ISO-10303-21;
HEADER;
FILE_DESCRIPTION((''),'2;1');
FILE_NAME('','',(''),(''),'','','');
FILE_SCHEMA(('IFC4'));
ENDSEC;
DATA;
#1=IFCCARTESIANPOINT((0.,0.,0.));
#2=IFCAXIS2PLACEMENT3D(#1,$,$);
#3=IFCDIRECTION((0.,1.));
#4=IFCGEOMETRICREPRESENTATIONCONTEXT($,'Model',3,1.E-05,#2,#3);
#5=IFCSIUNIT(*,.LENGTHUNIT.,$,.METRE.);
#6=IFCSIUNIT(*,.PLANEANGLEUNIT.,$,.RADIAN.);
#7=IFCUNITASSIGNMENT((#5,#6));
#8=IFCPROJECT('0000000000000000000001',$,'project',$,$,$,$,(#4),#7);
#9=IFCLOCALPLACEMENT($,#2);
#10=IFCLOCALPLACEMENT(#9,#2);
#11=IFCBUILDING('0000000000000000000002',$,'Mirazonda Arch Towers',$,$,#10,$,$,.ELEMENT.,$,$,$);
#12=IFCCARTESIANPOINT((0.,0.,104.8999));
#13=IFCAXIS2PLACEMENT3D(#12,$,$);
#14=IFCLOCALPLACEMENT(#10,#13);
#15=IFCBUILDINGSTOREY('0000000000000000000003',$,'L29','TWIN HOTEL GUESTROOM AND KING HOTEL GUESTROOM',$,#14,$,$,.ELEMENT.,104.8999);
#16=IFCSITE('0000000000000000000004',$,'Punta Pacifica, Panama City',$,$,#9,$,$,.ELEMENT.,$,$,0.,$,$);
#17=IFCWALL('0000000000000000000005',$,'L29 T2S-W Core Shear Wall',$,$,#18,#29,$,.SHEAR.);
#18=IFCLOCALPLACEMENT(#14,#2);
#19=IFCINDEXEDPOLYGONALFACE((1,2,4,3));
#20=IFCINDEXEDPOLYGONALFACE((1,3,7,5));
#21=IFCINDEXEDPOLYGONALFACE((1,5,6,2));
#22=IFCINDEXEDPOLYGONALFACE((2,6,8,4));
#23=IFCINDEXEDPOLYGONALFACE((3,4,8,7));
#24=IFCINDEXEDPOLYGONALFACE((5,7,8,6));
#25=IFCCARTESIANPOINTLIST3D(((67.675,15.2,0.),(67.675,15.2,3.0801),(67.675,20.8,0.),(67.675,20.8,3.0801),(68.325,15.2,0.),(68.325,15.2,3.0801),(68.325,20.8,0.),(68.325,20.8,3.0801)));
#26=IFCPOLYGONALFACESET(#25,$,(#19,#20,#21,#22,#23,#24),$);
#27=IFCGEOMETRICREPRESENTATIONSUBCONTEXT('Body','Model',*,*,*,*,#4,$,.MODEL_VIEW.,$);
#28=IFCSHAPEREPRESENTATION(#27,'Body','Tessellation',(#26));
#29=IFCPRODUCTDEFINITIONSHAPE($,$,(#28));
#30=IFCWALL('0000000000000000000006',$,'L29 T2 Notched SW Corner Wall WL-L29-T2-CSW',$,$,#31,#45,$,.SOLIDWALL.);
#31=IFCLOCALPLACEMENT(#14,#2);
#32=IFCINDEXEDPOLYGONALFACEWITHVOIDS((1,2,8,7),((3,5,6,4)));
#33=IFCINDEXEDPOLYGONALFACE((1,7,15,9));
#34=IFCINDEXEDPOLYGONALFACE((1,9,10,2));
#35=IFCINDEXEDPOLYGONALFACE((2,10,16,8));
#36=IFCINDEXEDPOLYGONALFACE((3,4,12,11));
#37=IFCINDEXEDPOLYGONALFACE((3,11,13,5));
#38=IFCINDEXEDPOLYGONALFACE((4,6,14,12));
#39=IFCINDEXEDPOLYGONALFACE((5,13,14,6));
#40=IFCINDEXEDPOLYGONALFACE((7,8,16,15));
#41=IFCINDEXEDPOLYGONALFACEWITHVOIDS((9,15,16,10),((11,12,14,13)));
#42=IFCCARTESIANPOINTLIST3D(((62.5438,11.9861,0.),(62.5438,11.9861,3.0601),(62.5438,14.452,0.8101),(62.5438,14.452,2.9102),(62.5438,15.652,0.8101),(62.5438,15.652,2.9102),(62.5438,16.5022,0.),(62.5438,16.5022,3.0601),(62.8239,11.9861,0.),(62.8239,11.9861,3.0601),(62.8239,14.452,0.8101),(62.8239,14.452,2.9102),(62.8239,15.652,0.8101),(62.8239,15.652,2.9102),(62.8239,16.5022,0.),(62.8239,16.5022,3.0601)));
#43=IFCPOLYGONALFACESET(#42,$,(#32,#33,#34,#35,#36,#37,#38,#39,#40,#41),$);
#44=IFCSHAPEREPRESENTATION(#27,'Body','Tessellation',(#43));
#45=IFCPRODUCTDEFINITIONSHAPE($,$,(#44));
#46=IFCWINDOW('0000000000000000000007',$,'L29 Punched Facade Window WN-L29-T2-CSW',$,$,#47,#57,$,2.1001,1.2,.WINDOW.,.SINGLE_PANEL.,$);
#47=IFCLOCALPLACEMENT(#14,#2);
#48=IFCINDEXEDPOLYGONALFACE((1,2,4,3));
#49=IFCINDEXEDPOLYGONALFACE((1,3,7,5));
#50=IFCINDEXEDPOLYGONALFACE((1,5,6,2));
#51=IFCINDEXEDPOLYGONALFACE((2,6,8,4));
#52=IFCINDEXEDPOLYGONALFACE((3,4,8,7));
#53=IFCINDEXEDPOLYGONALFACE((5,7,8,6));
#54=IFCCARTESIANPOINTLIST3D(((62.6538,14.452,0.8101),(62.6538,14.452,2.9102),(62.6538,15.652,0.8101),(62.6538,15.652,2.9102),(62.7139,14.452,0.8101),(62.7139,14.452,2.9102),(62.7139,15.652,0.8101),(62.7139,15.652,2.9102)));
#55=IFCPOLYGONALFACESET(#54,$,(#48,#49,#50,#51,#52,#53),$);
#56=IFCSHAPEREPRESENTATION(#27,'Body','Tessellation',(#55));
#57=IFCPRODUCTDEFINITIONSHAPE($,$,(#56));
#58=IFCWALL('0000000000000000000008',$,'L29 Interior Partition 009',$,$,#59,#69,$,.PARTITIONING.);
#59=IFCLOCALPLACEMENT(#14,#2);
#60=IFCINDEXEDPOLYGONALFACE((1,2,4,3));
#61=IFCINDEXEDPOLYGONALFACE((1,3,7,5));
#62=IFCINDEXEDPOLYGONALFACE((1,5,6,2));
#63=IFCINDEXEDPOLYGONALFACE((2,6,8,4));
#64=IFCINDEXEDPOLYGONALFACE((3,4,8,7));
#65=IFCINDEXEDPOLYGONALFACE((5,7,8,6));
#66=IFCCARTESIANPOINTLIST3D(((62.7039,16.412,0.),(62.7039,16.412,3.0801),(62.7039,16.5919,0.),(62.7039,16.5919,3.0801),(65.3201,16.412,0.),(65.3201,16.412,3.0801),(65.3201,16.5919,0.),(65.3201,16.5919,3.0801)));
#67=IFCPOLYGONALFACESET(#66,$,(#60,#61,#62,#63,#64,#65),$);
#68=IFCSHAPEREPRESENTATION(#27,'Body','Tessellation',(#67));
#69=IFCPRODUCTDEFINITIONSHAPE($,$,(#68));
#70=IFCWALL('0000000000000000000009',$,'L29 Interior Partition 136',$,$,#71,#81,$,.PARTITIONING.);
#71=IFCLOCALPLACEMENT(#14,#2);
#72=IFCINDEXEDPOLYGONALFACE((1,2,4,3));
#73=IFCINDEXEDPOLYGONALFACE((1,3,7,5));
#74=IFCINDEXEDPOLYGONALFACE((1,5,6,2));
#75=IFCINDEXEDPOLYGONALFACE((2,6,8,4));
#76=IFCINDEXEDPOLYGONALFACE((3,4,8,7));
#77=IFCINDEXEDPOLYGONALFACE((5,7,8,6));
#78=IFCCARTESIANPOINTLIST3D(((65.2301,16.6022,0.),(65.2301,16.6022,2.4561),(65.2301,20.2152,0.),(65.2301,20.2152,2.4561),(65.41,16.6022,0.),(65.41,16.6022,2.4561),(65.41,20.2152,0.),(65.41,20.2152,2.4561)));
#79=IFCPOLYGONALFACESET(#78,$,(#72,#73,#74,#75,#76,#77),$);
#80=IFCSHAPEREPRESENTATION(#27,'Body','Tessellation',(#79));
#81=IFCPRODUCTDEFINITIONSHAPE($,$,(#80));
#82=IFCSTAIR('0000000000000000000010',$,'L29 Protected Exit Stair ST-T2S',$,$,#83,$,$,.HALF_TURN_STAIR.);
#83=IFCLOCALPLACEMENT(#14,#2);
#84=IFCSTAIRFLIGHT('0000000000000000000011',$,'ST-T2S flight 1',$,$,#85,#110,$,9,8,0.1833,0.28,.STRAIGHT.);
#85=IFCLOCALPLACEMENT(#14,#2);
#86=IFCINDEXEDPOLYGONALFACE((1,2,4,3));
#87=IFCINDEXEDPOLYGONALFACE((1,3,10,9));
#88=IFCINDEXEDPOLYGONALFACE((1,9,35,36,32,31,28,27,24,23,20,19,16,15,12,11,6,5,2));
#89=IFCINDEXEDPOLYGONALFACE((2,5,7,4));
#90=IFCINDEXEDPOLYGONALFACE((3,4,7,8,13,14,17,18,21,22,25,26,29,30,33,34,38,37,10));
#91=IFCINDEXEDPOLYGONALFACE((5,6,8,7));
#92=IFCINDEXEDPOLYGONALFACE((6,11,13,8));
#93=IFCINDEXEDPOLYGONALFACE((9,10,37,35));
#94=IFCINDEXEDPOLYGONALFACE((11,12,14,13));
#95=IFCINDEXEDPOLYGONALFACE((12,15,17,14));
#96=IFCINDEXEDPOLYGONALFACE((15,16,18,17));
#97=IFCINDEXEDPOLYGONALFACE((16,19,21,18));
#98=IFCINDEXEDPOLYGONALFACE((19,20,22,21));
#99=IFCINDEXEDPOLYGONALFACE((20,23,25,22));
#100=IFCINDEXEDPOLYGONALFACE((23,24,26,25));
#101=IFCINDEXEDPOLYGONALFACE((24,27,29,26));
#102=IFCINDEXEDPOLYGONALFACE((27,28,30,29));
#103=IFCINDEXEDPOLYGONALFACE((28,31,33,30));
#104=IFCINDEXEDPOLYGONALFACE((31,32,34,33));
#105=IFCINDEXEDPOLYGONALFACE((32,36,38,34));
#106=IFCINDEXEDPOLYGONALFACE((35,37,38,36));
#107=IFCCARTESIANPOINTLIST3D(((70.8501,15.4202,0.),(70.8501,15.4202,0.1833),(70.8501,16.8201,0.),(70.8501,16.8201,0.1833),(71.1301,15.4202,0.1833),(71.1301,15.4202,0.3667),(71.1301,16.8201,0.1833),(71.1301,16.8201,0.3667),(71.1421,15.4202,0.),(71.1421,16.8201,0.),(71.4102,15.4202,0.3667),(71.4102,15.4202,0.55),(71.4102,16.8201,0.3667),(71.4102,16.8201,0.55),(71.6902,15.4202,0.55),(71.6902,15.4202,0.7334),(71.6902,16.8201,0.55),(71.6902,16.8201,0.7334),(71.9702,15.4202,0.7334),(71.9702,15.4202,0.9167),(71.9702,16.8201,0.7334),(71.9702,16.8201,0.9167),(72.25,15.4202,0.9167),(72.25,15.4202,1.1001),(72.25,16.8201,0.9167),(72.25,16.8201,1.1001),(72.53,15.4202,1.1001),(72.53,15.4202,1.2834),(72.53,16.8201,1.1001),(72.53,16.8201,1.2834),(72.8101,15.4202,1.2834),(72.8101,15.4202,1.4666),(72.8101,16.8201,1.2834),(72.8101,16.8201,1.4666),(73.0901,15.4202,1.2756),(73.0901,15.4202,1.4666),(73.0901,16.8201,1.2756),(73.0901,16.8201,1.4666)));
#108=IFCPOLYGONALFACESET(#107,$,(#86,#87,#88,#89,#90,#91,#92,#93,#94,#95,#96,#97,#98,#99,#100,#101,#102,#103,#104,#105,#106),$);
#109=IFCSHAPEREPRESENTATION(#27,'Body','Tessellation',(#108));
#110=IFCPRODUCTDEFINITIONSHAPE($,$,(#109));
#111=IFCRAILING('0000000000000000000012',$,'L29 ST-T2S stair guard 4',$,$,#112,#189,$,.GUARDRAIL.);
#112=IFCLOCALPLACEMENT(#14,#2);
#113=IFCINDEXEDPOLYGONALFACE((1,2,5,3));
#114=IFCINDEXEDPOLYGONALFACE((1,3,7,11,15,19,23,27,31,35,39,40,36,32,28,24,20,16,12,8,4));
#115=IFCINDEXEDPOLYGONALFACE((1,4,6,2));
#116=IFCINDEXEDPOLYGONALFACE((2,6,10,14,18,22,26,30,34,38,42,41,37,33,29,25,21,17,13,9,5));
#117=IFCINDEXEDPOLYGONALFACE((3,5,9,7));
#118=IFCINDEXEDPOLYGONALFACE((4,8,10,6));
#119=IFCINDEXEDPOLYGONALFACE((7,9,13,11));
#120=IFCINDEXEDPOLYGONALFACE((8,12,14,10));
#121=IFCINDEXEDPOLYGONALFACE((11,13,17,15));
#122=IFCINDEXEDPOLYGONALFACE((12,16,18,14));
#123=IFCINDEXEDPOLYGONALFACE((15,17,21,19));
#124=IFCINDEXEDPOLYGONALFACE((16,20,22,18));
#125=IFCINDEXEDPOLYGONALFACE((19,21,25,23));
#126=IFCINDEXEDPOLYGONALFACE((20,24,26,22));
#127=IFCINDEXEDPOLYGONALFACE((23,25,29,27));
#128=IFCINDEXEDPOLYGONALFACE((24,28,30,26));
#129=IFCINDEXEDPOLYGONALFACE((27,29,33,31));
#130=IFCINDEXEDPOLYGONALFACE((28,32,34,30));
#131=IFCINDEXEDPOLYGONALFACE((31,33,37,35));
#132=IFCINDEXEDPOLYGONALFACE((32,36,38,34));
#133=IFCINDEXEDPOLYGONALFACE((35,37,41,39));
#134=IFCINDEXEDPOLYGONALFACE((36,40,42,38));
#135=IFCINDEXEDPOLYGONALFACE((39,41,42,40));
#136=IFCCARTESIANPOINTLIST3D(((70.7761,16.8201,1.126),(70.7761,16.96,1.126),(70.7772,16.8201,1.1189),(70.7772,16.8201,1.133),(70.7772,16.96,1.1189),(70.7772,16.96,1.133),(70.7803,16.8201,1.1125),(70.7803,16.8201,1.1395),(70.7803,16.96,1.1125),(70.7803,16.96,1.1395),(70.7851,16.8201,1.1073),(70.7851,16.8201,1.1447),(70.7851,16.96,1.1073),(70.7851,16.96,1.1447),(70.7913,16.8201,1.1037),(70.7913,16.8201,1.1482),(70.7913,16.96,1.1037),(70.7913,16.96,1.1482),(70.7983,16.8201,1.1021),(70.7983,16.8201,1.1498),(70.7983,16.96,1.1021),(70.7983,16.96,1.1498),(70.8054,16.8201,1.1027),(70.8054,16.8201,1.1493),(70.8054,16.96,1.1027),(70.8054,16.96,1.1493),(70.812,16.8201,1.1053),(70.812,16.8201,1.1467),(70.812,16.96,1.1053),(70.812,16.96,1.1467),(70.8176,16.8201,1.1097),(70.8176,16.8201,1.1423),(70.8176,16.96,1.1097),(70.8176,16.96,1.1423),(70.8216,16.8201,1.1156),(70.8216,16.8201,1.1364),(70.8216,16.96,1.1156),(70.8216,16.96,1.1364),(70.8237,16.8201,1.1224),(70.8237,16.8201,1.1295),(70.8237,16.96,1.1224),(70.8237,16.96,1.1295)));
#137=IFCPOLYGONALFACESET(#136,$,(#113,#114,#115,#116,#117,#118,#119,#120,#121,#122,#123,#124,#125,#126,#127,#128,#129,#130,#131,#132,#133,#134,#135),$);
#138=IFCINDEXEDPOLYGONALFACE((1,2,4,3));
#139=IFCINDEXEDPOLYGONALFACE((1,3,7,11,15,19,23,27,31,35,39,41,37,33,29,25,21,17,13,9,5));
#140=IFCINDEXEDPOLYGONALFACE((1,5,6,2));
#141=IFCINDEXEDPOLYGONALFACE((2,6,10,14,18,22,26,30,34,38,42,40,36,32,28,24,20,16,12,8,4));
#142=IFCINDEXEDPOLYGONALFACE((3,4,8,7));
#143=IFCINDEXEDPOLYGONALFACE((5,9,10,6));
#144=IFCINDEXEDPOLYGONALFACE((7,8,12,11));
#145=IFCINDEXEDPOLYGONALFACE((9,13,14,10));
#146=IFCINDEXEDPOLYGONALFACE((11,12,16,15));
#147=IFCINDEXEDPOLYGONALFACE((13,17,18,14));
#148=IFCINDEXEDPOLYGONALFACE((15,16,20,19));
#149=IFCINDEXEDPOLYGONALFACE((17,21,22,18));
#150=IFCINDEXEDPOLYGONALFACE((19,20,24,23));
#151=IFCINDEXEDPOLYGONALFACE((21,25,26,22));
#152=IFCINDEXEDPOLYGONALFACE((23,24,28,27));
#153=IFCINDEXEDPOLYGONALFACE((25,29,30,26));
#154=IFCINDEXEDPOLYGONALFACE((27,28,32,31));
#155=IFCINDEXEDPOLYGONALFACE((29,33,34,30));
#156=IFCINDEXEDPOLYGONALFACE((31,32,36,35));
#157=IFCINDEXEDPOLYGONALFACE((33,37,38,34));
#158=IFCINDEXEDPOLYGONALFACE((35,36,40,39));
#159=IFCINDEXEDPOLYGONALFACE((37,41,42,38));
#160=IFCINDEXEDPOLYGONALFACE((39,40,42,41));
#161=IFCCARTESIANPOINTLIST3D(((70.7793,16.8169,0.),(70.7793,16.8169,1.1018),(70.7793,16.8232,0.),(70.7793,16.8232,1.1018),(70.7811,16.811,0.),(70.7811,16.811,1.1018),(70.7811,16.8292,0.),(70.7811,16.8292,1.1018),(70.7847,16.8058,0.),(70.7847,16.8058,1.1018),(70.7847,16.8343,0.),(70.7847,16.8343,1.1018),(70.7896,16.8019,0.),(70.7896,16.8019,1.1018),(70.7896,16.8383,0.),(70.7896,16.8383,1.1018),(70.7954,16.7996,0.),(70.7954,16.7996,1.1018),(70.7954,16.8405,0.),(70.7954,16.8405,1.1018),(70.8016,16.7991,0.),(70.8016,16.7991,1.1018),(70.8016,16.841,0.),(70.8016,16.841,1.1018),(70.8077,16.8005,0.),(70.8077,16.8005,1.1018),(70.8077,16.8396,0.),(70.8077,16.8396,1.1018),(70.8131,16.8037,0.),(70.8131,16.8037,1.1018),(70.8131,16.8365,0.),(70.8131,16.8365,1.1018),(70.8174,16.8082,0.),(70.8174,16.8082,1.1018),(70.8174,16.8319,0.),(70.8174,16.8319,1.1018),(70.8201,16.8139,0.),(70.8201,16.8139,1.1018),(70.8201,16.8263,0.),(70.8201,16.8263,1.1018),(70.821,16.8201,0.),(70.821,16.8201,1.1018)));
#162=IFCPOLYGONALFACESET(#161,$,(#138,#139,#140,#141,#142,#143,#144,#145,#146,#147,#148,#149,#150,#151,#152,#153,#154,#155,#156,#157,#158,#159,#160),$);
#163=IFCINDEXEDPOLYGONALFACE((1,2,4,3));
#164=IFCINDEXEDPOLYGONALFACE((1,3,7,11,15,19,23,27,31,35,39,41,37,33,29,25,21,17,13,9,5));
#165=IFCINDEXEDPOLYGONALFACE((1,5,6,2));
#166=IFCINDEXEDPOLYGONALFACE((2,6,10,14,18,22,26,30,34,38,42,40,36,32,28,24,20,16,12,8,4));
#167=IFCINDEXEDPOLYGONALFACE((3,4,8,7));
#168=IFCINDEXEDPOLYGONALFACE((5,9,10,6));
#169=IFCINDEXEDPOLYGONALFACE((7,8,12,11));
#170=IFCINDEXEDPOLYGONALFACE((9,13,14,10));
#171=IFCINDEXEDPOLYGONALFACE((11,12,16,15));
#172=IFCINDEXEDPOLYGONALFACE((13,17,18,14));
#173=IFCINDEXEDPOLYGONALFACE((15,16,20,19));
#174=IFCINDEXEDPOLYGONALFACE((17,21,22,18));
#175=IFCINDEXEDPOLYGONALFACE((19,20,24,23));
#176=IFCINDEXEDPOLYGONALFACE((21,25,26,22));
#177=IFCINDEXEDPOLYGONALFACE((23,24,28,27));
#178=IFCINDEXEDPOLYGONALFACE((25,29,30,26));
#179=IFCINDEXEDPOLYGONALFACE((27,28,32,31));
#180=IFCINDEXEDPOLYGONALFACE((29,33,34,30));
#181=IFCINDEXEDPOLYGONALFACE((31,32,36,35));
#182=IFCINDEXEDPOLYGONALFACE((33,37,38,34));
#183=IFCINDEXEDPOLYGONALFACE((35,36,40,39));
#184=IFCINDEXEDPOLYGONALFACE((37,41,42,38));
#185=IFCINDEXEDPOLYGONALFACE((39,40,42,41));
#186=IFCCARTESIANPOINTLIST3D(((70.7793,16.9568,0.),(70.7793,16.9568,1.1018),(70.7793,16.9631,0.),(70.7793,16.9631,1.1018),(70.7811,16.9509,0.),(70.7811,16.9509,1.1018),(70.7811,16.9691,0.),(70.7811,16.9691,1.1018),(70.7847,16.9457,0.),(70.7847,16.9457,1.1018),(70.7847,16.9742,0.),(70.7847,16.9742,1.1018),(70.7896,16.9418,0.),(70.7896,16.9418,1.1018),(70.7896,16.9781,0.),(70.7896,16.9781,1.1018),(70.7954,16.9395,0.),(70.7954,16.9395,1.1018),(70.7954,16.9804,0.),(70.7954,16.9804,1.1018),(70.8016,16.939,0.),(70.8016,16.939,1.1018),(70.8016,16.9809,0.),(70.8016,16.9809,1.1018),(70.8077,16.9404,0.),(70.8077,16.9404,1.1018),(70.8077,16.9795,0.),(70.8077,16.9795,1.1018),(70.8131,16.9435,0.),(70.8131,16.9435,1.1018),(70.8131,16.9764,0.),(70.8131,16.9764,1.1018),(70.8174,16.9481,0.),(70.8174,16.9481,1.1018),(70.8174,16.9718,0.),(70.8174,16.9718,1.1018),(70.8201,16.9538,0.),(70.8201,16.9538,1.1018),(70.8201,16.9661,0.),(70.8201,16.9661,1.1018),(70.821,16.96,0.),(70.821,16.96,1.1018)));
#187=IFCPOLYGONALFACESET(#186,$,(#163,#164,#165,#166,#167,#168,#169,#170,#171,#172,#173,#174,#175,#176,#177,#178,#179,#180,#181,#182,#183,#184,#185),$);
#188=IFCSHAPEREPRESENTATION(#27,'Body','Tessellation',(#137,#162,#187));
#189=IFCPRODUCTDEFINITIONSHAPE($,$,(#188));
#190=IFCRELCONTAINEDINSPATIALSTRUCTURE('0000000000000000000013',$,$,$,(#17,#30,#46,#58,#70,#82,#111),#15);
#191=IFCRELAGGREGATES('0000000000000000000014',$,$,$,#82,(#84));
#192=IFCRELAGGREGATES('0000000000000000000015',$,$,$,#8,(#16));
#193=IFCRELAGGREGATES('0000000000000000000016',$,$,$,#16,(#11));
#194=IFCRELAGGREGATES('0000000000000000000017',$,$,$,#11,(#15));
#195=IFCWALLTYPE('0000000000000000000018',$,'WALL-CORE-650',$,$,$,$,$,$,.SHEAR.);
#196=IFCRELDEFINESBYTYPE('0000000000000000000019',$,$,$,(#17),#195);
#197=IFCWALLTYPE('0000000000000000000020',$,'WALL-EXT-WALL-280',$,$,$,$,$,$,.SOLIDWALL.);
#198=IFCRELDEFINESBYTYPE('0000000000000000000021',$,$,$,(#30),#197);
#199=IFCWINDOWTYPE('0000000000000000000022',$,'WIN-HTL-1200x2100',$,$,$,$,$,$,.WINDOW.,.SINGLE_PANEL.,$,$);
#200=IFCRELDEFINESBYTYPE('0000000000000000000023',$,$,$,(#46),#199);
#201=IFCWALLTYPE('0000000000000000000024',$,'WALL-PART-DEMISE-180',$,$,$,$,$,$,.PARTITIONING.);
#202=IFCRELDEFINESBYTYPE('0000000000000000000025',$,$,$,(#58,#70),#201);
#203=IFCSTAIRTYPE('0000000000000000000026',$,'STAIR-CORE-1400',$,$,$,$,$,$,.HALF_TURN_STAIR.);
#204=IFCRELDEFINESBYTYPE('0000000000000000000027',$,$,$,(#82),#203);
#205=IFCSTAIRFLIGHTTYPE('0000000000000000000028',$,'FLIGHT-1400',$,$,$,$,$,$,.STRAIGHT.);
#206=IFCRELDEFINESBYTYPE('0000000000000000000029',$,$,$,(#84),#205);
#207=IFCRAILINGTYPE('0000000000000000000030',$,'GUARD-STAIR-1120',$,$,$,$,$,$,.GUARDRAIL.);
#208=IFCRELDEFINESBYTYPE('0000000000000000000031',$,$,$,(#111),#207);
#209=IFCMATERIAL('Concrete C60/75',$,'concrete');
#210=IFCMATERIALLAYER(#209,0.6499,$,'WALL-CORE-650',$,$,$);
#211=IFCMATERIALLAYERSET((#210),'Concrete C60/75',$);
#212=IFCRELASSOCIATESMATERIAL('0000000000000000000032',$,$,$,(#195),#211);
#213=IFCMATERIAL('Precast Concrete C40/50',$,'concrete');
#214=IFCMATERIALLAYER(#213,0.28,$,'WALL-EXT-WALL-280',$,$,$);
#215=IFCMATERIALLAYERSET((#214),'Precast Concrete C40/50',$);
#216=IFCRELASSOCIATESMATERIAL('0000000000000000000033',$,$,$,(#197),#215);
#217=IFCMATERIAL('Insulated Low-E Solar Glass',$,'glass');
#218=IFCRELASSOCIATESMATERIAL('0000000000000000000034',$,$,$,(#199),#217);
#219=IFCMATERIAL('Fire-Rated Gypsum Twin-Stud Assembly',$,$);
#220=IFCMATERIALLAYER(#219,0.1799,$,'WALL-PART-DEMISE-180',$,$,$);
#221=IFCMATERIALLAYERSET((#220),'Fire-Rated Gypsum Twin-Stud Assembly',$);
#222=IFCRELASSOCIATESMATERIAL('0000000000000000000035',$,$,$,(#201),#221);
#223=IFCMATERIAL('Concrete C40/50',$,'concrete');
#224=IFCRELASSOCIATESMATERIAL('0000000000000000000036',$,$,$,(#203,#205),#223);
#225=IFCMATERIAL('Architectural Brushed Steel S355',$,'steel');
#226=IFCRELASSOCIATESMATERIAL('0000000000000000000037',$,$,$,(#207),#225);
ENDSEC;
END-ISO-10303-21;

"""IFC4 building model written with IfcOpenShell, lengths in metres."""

from ifc_helpers import new_model, si_unit, direction, frame, frame_2d, origin, origin_2d, place, context, subcontext, project, spatial, polyline, rectangle, circle, outline, extrude, material, layer, layer_set, type_object, element, fill, aggregate, save


model = new_model("IFC4")

# Units and contexts
model_context = context("Model", 3, precision=1e-05, world=origin(), true_north=direction((0.0, 1.0)))
body_context = subcontext(model_context, "Body", "Model", "MODEL_VIEW")
ifc_project = project(units=[si_unit("LENGTHUNIT", "METRE"), si_unit("PLANEANGLEUNIT", "RADIAN")], contexts=[model_context])

# Site, building, storey
site_placement = place(None, origin())
site = spatial("IfcSite", under=ifc_project, at=site_placement, Name="Punta Pacifica, Panama City", CompositionType="ELEMENT", RefElevation=0.0)
building_placement = place(site_placement, origin())
building = spatial("IfcBuilding", under=site, at=building_placement, Name="Mirazonda Arch Towers", CompositionType="ELEMENT")
storey_placement = place(building_placement, frame((0.0, 0.0, 104.8999)))
storey = spatial("IfcBuildingStorey", under=building, at=storey_placement, Name="L29", Description="TWIN HOTEL GUESTROOM AND KING HOTEL GUESTROOM", CompositionType="ELEMENT", Elevation=104.8999)

# Shared definitions
ifc_material_1 = material(Name="Concrete C60/75", Category="concrete")

# Shared definitions
ifc_material_2 = material(Name="Insulated Low-E Solar Glass", Category="glass")

# Shared definitions
ifc_material_3 = material(Name="Architectural Brushed Steel S355", Category="steel")

# Wall
ifc_layer_1 = layer(ifc_material_1, 0.6499, Name="WALL-CORE-650")
ifc_layer_set_1 = layer_set([ifc_layer_1], Name="Concrete C60/75")
wall_type_1 = type_object("IfcWallType", Name="WALL-CORE-650", PredefinedType="SHEAR", material=ifc_layer_set_1)
wall_1_placement = place(storey_placement, frame((68.0, 15.2, 0.0), z_axis=(0.0, 0.0, 1.0), x_axis=(0.0, 1.0, 0.0)))
element("IfcWall", 1, at=wall_1_placement, inside=storey, type_object=wall_type_1, Name="L29 T2S-W Core Shear Wall", PredefinedType="SHEAR", context=body_context, shape_type="SweptSolid", body=[
    extrude(rectangle(XDim=5.6001, YDim=0.6499, at=frame_2d((2.8, 0.0))), origin(), (0.0, 0.0, 1.0), 3.0801),
])

# Wall, opening, window
ifc_material_4 = material(Name="Precast Concrete C40/50", Category="concrete")
ifc_layer_2 = layer(ifc_material_4, 0.28, Name="WALL-EXT-WALL-280")
ifc_layer_set_2 = layer_set([ifc_layer_2], Name="Precast Concrete C40/50")
wall_type_2 = type_object("IfcWallType", Name="WALL-EXT-WALL-280", PredefinedType="SOLIDWALL", material=ifc_layer_set_2)
wall_2_placement = place(storey_placement, frame((62.6838, 16.5022, 0.0), z_axis=(0.0, 0.0, 1.0), x_axis=(0.0, -1.0, 0.0)))
wall_2 = element("IfcWall", 2, at=wall_2_placement, inside=storey, type_object=wall_type_2, Name="L29 T2 Notched SW Corner Wall WL-L29-T2-CSW", PredefinedType="SOLIDWALL", context=body_context, shape_type="SweptSolid", body=[
    extrude(rectangle(XDim=4.5161, YDim=0.28, at=frame_2d((2.2581, 0.0))), origin(), (0.0, 0.0, 1.0), 3.0601),
])
opening_1_placement = place(wall_2_placement, frame((0.8501, 0.0, 0.8101)))
opening_1 = element("IfcOpeningElement", 3, at=opening_1_placement, cuts=wall_2, PredefinedType="OPENING", context=body_context, shape_type="SweptSolid", body=[
    extrude(rectangle(XDim=1.2, YDim=2.1001, at=frame_2d((0.6001, 1.05))), frame((0.0, 0.1499, 0.0), z_axis=(0.0, -1.0, 0.0), x_axis=(1.0, 0.0, 0.0)), (0.0, 0.0, 1.0), 0.3),
])
window_type = type_object("IfcWindowType", Name="WIN-HTL-1200x2100", PartitioningType="SINGLE_PANEL", PredefinedType="WINDOW", material=ifc_material_2)
window_placement = place(opening_1_placement, origin())
window = element("IfcWindow", 4, at=window_placement, inside=storey, type_object=window_type, Name="L29 Punched Facade Window WN-L29-T2-CSW", OverallHeight=2.1001, OverallWidth=1.2, PartitioningType="SINGLE_PANEL", PredefinedType="WINDOW", context=body_context, shape_type="SweptSolid", body=[
    extrude(rectangle(XDim=1.2, YDim=2.1001, at=frame_2d((0.6001, 1.05))), frame((0.0, 0.03, 0.0), z_axis=(0.0, -1.0, 0.0), x_axis=(1.0, 0.0, 0.0)), (0.0, 0.0, 1.0), 0.0601),
])
fill(opening_1, window)

# Walls
ifc_material_5 = material(Name="Fire-Rated Gypsum Twin-Stud Assembly")
ifc_layer_3 = layer(ifc_material_5, 0.1799, Name="WALL-PART-DEMISE-180")
ifc_layer_set_3 = layer_set([ifc_layer_3], Name="Fire-Rated Gypsum Twin-Stud Assembly")
wall_type_3 = type_object("IfcWallType", Name="WALL-PART-DEMISE-180", PredefinedType="PARTITIONING", material=ifc_layer_set_3)
wall_3_placement = place(storey_placement, frame((62.7039, 16.502, 0.0), z_axis=(0.0, 0.0, 1.0), x_axis=(1.0, 0.0, 0.0)))
element("IfcWall", 5, at=wall_3_placement, inside=storey, type_object=wall_type_3, Name="L29 Interior Partition 009", PredefinedType="PARTITIONING", context=body_context, shape_type="SweptSolid", body=[
    extrude(rectangle(XDim=2.6162, YDim=0.1799, at=frame_2d((1.3081, 0.0))), origin(), (0.0, 0.0, 1.0), 3.0801),
])
wall_4_placement = place(storey_placement, frame((65.3201, 16.6021, 0.0), z_axis=(0.0, 0.0, 1.0), x_axis=(0.0, 1.0, 0.0)))
element("IfcWall", 6, at=wall_4_placement, inside=storey, type_object=wall_type_3, Name="L29 Interior Partition 136", PredefinedType="PARTITIONING", context=body_context, shape_type="SweptSolid", body=[
    extrude(rectangle(XDim=3.613, YDim=0.1799, at=frame_2d((1.8066, 0.0))), origin(), (0.0, 0.0, 1.0), 2.4561),
])

# Stair, stair flight
ifc_material_6 = material(Name="Concrete C40/50", Category="concrete")
stair_type = type_object("IfcStairType", Name="STAIR-CORE-1400", PredefinedType="HALF_TURN_STAIR", material=ifc_material_6)
stair_placement = place(storey_placement, origin())
stair = element("IfcStair", 7, at=stair_placement, inside=storey, type_object=stair_type, Name="L29 Protected Exit Stair ST-T2S", PredefinedType="HALF_TURN_STAIR")
stair_flight_type = type_object("IfcStairFlightType", Name="FLIGHT-1400", PredefinedType="STRAIGHT", material=ifc_material_6)
stair_flight_placement = place(storey_placement, frame((70.8501, 16.1201, 0.0), z_axis=(0.0, 0.0, 1.0), x_axis=(1.0, 0.0, 0.0)))
stair_flight = element("IfcStairFlight", 8, at=stair_flight_placement, type_object=stair_flight_type, Name="ST-T2S flight 1", NumberOfRisers=9, NumberOfTreads=8, PredefinedType="STRAIGHT", RiserHeight=0.1833, TreadLength=0.28, context=body_context, shape_type="SweptSolid", body=[
    extrude(outline(polyline([(0.0, 0.0), (0.0, 0.1833), (0.28, 0.1833), (0.28, 0.3667), (0.5601, 0.3667), (0.5601, 0.55), (0.8401, 0.55), (0.8401, 0.7334), (1.1201, 0.7334), (1.1201, 0.9167), (1.3999, 0.9167), (1.3999, 1.1001), (1.6799, 1.1001), (1.6799, 1.2834), (1.96, 1.2834), (1.96, 1.4666), (2.24, 1.4666), (2.24, 1.6499), (2.24, 1.2756), (0.292, 0.0), (0.0, 0.0)])), frame((0.0, 0.7, 0.0), z_axis=(0.0, -1.0, 0.0), x_axis=(1.0, 0.0, 0.0)), (0.0, 0.0, 1.0), 1.3999),
])
aggregate(stair, [stair_flight])

# Railing
railing_type = type_object("IfcRailingType", Name="GUARD-STAIR-1120", PredefinedType="GUARDRAIL", material=ifc_material_3)
railing_placement = place(storey_placement, frame((70.8, 16.8201, 0.0)))
element("IfcRailing", 9, at=railing_placement, inside=storey, type_object=railing_type, Name="L29 ST-T2S stair guard 4", PredefinedType="GUARDRAIL", context=body_context, shape_type="SweptSolid", body=[
    extrude(circle(Radius=0.0239, at=origin_2d()), frame((0.0, 0.0, 1.126), z_axis=(0.0, 1.0, 0.0), x_axis=(-1.0, 0.0, 0.0)), (0.0, 0.0, 1.0), 0.1399),
    extrude(circle(Radius=0.021, at=origin_2d()), origin(), (0.0, 0.0, 1.0), 1.1018),
    extrude(circle(Radius=0.021, at=origin_2d()), frame((0.0, 0.1399, 0.0)), (0.0, 0.0, 1.0), 1.1018),
])

save(model, "model.ifc")
